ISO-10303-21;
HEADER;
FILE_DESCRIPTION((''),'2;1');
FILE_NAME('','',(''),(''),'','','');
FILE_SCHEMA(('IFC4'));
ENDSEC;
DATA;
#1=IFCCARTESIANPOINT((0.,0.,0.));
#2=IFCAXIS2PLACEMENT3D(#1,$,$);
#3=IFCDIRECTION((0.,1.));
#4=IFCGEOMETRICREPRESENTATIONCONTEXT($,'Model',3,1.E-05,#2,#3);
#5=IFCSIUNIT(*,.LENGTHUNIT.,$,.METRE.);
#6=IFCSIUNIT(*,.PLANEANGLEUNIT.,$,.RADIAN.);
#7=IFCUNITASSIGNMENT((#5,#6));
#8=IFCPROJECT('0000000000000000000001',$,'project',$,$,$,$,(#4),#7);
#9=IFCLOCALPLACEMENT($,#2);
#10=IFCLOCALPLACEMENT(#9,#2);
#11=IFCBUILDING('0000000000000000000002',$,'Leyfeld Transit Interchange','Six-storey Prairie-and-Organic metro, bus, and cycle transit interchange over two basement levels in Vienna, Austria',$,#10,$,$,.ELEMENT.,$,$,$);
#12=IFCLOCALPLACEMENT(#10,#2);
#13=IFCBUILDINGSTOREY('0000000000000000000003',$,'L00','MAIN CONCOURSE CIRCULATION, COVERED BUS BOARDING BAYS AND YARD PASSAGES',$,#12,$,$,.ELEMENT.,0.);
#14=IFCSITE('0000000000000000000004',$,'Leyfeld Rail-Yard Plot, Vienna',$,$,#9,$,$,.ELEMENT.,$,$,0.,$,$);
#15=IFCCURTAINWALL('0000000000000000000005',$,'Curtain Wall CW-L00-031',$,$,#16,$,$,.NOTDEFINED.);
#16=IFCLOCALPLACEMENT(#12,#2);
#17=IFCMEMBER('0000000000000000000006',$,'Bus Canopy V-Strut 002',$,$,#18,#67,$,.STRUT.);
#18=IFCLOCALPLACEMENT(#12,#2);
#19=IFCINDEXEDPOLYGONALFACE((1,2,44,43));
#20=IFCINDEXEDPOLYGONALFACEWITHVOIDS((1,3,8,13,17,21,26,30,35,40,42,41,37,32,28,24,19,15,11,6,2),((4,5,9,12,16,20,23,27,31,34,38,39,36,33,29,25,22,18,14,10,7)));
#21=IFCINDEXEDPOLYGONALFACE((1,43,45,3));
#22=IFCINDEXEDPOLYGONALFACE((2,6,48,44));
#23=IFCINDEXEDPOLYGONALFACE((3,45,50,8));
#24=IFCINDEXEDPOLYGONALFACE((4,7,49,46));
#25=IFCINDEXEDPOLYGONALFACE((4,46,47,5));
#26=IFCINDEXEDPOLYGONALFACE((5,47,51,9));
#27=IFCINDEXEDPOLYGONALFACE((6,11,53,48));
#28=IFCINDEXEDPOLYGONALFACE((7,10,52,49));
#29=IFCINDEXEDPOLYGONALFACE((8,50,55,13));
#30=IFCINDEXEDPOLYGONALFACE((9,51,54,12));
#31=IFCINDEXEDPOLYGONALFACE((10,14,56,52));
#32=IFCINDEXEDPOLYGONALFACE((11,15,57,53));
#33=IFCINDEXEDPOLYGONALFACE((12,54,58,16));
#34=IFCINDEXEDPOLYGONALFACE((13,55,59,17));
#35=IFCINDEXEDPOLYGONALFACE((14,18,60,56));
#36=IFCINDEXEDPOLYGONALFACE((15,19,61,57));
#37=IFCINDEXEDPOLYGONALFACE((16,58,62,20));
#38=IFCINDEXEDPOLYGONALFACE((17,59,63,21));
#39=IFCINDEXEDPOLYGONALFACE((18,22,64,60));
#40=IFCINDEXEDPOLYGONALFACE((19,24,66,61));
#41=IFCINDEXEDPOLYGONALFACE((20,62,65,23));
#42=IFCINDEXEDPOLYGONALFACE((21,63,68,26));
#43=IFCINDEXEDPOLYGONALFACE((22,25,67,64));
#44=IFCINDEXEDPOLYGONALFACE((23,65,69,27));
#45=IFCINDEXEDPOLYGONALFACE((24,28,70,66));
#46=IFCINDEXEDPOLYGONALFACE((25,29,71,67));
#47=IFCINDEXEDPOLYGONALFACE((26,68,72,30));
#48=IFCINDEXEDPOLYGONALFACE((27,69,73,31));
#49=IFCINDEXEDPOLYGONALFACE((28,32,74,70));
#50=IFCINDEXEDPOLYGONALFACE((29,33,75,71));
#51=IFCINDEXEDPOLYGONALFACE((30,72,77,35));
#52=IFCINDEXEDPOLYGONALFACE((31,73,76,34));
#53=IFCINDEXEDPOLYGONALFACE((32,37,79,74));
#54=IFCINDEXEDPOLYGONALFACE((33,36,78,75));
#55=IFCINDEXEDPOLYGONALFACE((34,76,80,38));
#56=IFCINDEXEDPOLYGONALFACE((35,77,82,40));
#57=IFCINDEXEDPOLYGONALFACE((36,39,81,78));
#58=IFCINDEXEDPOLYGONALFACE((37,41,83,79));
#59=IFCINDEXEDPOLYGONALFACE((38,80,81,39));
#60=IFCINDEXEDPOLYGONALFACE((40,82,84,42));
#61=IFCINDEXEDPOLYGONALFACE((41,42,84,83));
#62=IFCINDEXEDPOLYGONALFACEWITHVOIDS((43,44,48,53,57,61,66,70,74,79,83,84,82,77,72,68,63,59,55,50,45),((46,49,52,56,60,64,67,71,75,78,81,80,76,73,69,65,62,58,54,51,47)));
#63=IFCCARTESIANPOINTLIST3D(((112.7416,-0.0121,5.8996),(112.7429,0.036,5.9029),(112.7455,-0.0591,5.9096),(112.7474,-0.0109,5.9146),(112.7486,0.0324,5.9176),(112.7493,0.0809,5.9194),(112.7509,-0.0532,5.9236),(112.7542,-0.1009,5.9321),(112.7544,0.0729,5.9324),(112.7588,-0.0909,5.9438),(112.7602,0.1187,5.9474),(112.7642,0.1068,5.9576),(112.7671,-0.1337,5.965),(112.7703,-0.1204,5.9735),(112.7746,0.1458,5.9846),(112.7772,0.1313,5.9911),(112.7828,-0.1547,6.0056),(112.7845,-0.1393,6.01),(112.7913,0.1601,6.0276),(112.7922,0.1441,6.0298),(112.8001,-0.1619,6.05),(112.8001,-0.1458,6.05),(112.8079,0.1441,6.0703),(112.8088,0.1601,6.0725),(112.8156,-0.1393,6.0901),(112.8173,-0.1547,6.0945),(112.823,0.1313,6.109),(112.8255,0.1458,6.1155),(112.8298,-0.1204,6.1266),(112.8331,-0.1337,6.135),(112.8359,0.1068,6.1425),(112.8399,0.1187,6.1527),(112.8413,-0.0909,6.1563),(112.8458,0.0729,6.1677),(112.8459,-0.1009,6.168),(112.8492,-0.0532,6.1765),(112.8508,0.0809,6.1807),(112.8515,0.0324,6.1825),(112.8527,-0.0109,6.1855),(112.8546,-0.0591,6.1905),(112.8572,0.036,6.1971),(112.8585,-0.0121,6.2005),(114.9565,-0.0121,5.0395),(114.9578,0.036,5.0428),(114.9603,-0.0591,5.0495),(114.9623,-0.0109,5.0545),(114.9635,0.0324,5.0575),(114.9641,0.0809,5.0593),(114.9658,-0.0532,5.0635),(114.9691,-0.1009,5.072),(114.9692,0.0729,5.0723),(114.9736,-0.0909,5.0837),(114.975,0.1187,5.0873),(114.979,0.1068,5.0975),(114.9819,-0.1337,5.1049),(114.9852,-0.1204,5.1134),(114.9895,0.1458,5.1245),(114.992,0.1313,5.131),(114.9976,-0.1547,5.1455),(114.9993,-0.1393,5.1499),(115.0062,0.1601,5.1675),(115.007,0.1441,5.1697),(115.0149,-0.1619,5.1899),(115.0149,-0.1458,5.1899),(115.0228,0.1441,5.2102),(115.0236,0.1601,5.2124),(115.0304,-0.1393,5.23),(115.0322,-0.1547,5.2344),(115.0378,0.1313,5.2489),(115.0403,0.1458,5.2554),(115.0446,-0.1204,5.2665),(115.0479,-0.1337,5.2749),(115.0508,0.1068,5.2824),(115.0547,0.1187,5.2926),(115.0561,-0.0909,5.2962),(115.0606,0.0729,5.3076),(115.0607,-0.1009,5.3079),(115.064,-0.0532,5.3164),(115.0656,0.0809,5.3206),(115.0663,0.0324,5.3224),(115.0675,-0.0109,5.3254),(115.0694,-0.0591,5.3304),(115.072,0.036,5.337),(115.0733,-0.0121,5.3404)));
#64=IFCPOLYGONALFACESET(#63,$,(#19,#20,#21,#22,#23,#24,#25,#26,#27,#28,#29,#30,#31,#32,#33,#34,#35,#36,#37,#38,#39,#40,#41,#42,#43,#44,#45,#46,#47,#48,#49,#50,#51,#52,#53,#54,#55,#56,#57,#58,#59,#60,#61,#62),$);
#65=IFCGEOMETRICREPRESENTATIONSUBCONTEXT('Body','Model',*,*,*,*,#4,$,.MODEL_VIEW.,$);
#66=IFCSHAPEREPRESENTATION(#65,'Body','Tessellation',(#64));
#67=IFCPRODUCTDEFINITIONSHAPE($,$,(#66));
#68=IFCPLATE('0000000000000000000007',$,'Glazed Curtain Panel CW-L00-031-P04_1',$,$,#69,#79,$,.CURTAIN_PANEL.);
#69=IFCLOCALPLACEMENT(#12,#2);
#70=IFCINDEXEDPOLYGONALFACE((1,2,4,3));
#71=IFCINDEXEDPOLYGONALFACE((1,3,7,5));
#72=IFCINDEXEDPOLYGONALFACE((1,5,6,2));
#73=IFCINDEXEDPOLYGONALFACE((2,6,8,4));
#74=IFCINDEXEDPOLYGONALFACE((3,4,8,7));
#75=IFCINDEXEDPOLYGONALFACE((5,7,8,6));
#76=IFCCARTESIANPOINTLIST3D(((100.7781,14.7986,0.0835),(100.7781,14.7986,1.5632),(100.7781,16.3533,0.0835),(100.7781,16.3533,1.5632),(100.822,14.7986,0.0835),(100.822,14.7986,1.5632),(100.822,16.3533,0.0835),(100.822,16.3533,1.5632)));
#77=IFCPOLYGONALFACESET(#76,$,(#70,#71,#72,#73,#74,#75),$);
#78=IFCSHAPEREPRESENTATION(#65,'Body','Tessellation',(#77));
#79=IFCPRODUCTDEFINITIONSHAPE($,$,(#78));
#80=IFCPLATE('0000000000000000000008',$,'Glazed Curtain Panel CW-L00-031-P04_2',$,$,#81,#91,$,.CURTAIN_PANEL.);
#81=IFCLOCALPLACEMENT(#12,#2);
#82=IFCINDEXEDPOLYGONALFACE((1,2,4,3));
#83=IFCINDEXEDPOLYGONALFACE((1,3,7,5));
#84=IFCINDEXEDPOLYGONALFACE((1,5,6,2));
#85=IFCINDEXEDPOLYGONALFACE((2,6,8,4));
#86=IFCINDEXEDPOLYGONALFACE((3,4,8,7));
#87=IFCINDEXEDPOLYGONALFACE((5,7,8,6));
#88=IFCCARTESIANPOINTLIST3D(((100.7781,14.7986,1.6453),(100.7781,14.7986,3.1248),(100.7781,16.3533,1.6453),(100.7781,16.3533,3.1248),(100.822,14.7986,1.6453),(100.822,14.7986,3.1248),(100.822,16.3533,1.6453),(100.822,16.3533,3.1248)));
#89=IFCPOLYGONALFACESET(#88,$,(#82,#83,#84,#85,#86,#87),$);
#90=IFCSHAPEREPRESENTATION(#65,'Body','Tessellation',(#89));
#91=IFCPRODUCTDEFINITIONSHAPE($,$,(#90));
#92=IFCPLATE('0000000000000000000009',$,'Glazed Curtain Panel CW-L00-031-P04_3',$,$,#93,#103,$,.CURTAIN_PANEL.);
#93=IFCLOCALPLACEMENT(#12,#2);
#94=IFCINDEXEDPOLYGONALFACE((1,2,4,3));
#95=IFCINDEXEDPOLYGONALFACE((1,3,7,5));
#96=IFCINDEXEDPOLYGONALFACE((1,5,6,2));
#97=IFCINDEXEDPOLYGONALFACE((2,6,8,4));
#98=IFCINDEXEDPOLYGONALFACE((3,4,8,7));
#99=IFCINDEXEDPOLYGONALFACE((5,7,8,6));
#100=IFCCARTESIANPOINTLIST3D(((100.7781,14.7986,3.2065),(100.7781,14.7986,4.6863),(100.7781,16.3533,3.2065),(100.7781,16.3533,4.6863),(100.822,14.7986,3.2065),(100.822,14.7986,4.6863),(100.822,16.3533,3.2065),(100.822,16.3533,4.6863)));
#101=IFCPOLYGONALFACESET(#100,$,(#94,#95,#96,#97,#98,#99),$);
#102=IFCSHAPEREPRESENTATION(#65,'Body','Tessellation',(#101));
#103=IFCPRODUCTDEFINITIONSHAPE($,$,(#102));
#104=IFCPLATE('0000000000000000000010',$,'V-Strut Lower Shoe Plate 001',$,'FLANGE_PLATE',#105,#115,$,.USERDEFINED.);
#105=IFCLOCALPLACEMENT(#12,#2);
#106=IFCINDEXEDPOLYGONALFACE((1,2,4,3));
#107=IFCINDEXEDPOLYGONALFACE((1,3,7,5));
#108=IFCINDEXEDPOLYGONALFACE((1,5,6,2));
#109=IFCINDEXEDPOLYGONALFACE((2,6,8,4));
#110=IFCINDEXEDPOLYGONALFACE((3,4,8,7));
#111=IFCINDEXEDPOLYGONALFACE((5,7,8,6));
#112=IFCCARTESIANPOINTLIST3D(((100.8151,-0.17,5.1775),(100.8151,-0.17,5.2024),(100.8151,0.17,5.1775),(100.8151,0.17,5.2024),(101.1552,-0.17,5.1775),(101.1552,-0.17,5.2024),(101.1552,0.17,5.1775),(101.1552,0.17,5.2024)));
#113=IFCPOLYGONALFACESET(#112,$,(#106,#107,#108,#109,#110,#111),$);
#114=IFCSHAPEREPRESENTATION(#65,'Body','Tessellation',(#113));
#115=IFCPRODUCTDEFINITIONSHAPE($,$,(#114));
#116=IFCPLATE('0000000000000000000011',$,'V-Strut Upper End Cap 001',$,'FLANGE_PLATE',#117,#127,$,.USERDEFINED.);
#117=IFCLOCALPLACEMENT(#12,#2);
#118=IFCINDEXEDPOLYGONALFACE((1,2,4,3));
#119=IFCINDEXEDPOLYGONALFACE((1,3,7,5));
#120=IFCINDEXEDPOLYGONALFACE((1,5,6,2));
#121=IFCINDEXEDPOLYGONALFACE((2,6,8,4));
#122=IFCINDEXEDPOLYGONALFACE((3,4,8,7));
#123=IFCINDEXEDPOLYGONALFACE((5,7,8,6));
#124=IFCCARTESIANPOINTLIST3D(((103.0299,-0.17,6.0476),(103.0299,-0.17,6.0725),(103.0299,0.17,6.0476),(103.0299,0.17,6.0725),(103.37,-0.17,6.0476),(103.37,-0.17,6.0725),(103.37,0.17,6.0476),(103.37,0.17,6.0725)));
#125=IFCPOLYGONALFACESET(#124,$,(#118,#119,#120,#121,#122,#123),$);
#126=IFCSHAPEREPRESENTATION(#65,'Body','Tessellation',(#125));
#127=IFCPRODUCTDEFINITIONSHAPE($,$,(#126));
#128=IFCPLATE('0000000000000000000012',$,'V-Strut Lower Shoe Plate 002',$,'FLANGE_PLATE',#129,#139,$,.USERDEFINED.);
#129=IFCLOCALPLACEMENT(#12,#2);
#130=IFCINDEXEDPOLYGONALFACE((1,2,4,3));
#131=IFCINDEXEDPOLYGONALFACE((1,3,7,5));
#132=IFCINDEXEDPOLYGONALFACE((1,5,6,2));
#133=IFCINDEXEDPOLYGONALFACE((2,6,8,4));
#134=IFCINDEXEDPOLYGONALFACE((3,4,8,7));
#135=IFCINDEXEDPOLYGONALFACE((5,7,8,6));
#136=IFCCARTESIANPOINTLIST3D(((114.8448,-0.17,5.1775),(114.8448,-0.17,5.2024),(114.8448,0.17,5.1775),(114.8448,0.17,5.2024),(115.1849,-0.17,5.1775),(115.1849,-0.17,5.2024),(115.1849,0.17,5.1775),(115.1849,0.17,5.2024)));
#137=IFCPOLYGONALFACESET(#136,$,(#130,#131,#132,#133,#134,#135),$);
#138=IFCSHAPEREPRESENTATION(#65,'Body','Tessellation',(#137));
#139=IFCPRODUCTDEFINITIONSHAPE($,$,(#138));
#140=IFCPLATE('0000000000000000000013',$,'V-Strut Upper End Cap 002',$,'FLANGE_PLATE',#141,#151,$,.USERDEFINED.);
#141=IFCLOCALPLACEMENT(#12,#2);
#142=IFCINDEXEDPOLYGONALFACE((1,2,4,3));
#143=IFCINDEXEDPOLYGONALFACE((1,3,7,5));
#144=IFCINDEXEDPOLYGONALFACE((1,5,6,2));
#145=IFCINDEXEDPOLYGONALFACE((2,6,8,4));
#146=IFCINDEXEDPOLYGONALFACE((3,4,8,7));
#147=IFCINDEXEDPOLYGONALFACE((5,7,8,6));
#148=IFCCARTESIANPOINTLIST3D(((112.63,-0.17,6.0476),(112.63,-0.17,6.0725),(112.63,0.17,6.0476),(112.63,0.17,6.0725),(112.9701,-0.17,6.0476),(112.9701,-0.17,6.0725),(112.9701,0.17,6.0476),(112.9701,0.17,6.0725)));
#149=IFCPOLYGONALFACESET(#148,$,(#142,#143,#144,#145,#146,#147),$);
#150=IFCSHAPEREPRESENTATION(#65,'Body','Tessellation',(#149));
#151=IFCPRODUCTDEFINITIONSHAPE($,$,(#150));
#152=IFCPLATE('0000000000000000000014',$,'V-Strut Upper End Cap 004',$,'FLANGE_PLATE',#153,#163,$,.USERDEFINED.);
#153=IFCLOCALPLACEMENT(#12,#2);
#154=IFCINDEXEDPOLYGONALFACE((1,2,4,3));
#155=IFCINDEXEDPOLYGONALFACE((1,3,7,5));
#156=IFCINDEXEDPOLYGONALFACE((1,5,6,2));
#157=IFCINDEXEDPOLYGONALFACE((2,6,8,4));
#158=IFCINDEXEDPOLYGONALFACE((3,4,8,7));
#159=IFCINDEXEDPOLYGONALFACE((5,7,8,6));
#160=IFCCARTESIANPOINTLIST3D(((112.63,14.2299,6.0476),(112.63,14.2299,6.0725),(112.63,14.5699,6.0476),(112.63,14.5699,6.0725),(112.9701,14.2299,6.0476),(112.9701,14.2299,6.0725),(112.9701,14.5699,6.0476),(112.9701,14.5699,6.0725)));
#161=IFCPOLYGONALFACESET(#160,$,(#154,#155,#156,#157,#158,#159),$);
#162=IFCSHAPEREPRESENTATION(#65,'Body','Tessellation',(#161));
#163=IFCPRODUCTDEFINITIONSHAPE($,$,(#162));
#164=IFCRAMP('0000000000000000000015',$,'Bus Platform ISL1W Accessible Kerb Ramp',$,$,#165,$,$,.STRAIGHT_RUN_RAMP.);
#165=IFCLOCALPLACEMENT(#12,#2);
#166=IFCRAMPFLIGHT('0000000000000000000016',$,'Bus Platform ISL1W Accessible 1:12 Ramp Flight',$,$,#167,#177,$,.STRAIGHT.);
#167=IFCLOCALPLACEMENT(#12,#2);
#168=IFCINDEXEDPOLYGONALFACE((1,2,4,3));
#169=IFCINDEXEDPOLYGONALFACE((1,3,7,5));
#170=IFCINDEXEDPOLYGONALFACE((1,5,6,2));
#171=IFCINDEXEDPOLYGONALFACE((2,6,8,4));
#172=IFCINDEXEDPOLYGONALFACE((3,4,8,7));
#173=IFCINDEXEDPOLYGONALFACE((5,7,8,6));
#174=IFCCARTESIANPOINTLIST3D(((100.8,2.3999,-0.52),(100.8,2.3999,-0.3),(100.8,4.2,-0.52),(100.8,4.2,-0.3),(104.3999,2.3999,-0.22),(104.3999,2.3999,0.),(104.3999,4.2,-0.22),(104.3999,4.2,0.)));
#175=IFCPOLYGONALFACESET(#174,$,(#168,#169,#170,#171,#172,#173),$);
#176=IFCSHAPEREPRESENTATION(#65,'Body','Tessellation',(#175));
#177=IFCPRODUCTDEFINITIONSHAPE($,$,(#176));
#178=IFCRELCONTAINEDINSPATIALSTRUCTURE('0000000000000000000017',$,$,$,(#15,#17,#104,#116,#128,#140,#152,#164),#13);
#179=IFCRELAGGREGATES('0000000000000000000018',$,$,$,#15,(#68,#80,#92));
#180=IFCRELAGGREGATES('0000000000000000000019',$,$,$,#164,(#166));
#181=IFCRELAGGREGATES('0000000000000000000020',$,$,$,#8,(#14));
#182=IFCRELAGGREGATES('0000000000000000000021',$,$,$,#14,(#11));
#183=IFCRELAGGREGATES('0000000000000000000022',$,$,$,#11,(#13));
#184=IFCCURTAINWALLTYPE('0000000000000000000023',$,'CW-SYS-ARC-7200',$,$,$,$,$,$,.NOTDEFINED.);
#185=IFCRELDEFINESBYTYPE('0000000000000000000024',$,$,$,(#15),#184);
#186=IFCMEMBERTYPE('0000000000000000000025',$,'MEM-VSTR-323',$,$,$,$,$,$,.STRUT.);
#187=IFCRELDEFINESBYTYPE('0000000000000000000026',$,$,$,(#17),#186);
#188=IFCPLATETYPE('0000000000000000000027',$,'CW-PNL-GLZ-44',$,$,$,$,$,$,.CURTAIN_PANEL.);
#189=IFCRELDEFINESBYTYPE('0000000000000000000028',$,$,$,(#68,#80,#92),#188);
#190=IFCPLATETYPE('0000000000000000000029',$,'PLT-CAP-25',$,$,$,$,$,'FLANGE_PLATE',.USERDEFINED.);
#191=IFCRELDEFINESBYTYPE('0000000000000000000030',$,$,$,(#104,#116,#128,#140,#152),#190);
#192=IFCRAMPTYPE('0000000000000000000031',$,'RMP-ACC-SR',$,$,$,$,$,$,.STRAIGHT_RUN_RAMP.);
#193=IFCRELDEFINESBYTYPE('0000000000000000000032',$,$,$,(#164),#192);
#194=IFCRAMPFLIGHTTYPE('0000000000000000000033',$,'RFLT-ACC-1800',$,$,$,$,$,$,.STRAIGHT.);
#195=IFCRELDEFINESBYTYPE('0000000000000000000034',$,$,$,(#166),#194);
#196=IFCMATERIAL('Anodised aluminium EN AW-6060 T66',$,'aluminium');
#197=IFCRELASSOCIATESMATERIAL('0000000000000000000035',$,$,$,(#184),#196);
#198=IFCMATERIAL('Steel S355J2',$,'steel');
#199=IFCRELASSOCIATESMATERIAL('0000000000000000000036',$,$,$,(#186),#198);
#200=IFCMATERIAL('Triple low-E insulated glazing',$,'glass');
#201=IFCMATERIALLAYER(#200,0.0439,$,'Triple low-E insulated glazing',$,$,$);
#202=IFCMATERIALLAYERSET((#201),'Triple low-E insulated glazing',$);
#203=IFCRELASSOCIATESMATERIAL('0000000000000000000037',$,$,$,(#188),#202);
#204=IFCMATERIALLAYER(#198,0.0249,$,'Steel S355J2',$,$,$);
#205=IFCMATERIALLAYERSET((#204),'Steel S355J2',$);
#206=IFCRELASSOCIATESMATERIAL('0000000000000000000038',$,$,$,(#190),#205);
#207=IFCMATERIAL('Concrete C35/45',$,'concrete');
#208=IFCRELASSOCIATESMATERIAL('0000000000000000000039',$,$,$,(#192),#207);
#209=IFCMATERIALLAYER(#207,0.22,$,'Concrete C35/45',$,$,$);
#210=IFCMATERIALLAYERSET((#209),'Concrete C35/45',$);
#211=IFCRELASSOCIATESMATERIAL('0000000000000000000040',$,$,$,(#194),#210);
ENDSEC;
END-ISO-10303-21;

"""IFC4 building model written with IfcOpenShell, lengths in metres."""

from ifc_helpers import new_model, si_unit, direction, frame, origin, origin_2d, place, context, subcontext, project, spatial, polyline, rectangle, hollow_circle, outline, extrude, material, layer, layer_set, material_profile, profile_set, type_object, element, aggregate, save


model = new_model("IFC4")

# Units and contexts
model_context = context("Model", 3, precision=1e-05, world=origin(), true_north=direction((0.0, 1.0)))
body_context = subcontext(model_context, "Body", "Model", "MODEL_VIEW")
ifc_project = project(units=[si_unit("LENGTHUNIT", "METRE"), si_unit("PLANEANGLEUNIT", "RADIAN")], contexts=[model_context])

# Site, building, storey
site_placement = place(None, origin())
site = spatial("IfcSite", under=ifc_project, at=site_placement, Name="Leyfeld Rail-Yard Plot, Vienna", CompositionType="ELEMENT", RefElevation=0.0)
building_placement = place(site_placement, origin())
building = spatial("IfcBuilding", under=site, at=building_placement, Name="Leyfeld Transit Interchange", Description="Six-storey Prairie-and-Organic metro, bus, and cycle transit interchange over two basement levels in Vienna, Austria", CompositionType="ELEMENT")
storey_placement = place(building_placement, origin())
storey = spatial("IfcBuildingStorey", under=building, at=storey_placement, Name="L00", Description="MAIN CONCOURSE CIRCULATION, COVERED BUS BOARDING BAYS AND YARD PASSAGES", CompositionType="ELEMENT", Elevation=0.0)

# Shared definitions
ifc_material_1 = material(Name="Concrete C35/45", Category="concrete")

# Shared definitions
ifc_material_2 = material(Name="Steel S355J2", Category="steel")

# Curtain wall
ifc_material_3 = material(Name="Anodised aluminium EN AW-6060 T66", Category="aluminium")
curtain_wall_type = type_object("IfcCurtainWallType", Name="CW-SYS-ARC-7200", PredefinedType="NOTDEFINED", material=ifc_material_3)
curtain_wall_placement = place(storey_placement, origin())
curtain_wall = element("IfcCurtainWall", 1, at=curtain_wall_placement, inside=storey, type_object=curtain_wall_type, Name="Curtain Wall CW-L00-031", PredefinedType="NOTDEFINED")

# Member
ifc_material_profile_1 = material_profile(ifc_material_2, hollow_circle(Radius=0.1619, WallThickness=0.0161, at=origin_2d()), Name="CHS 323.9x16")
ifc_profile_set_1 = profile_set([ifc_material_profile_1], Name="Steel S355J2")
member_type_1 = type_object("IfcMemberType", Name="MEM-VSTR-323", PredefinedType="STRUT", material=ifc_profile_set_1)
member_1_placement = place(storey_placement, frame((115.0149, 0.0, 5.1899), z_axis=(-0.932178, 0.0, 0.362), x_axis=(0.0, -1.0, 0.0)))
element("IfcMember", 2, at=member_1_placement, inside=storey, type_object=member_type_1, Name="Bus Canopy V-Strut 002", PredefinedType="STRUT", context=body_context, shape_type="SweptSolid", body=[
    extrude(hollow_circle(Radius=0.1619, WallThickness=0.0161, at=origin_2d()), origin(), (0.0, 0.0, 1.0), 2.376),
])

# Plates
ifc_material_4 = material(Name="Triple low-E insulated glazing", Category="glass")
ifc_layer_1 = layer(ifc_material_4, 0.0439, Name="Triple low-E insulated glazing")
ifc_layer_set_1 = layer_set([ifc_layer_1], Name="Triple low-E insulated glazing")
plate_type_1 = type_object("IfcPlateType", Name="CW-PNL-GLZ-44", PredefinedType="CURTAIN_PANEL", material=ifc_layer_set_1)
plate_1_placement = place(storey_placement, frame((100.8, 15.5759, 0.0835), z_axis=(0.0, 0.0, 1.0), x_axis=(0.0, -1.0, 0.0)))
plate_1 = element("IfcPlate", 3, at=plate_1_placement, type_object=plate_type_1, Name="Glazed Curtain Panel CW-L00-031-P04_1", PredefinedType="CURTAIN_PANEL", context=body_context, shape_type="SweptSolid", body=[
    extrude(rectangle(XDim=1.5547, YDim=0.0439, at=origin_2d()), origin(), (0.0, 0.0, 1.0), 1.4797),
])
plate_2_placement = place(storey_placement, frame((100.8, 15.5759, 1.6453), z_axis=(0.0, 0.0, 1.0), x_axis=(0.0, -1.0, 0.0)))
plate_2 = element("IfcPlate", 4, at=plate_2_placement, type_object=plate_type_1, Name="Glazed Curtain Panel CW-L00-031-P04_2", PredefinedType="CURTAIN_PANEL", context=body_context, shape_type="SweptSolid", body=[
    extrude(rectangle(XDim=1.5547, YDim=0.0439, at=origin_2d()), origin(), (0.0, 0.0, 1.0), 1.4795),
])
plate_3_placement = place(storey_placement, frame((100.8, 15.5759, 3.2065), z_axis=(0.0, 0.0, 1.0), x_axis=(0.0, -1.0, 0.0)))
plate_3 = element("IfcPlate", 5, at=plate_3_placement, type_object=plate_type_1, Name="Glazed Curtain Panel CW-L00-031-P04_3", PredefinedType="CURTAIN_PANEL", context=body_context, shape_type="SweptSolid", body=[
    extrude(rectangle(XDim=1.5547, YDim=0.0439, at=origin_2d()), origin(), (0.0, 0.0, 1.0), 1.4797),
])
aggregate(curtain_wall, [plate_1, plate_2, plate_3])

# Plates
ifc_layer_2 = layer(ifc_material_2, 0.0249, Name="Steel S355J2")
ifc_layer_set_2 = layer_set([ifc_layer_2], Name="Steel S355J2")
plate_type_2 = type_object("IfcPlateType", Name="PLT-CAP-25", ElementType="FLANGE_PLATE", PredefinedType="USERDEFINED", material=ifc_layer_set_2)
for number, where, z_axis, x_axis, name in (
    (6, (100.9851, 0.0, 5.1775), (0.0, 0.0, 1.0), (1.0, 0.0, 0.0), "V-Strut Lower Shoe Plate 001"),
    (7, (103.2, 0.0, 6.0476), (0.0, 0.0, 1.0), (1.0, 0.0, 0.0), "V-Strut Upper End Cap 001"),
    (8, (115.0149, 0.0, 5.1775), (0.0, 0.0, 1.0), (1.0, 0.0, 0.0), "V-Strut Lower Shoe Plate 002"),
    (9, (112.8, 0.0, 6.0476), (0.0, 0.0, 1.0), (1.0, 0.0, 0.0), "V-Strut Upper End Cap 002"),
    (10, (112.8, 14.3999, 6.0476), (0.0, 0.0, 1.0), (1.0, 0.0, 0.0), "V-Strut Upper End Cap 004"),
):
    element("IfcPlate", number, at=place(storey_placement, frame(where, z_axis=z_axis, x_axis=x_axis)), inside=storey, type_object=plate_type_2, Name=name, ObjectType="FLANGE_PLATE", PredefinedType="USERDEFINED", context=body_context, shape_type="SweptSolid", body=[
        extrude(rectangle(XDim=0.3401, YDim=0.3401, at=origin_2d()), origin(), (0.0, 0.0, 1.0), 0.0249),
    ])

# Ramp, ramp flight
ramp_type = type_object("IfcRampType", Name="RMP-ACC-SR", PredefinedType="STRAIGHT_RUN_RAMP", material=ifc_material_1)
ramp_placement = place(storey_placement, origin())
ramp = element("IfcRamp", 11, at=ramp_placement, inside=storey, type_object=ramp_type, Name="Bus Platform ISL1W Accessible Kerb Ramp", PredefinedType="STRAIGHT_RUN_RAMP")
ifc_layer_3 = layer(ifc_material_1, 0.22, Name="Concrete C35/45")
ifc_layer_set_3 = layer_set([ifc_layer_3], Name="Concrete C35/45")
ramp_flight_type = type_object("IfcRampFlightType", Name="RFLT-ACC-1800", PredefinedType="STRAIGHT", material=ifc_layer_set_3)
ramp_flight_placement = place(storey_placement, frame((100.8, 3.3, -0.3), z_axis=(0.0, 0.0, 1.0), x_axis=(1.0, 0.0, 0.0)))
ramp_flight = element("IfcRampFlight", 12, at=ramp_flight_placement, type_object=ramp_flight_type, Name="Bus Platform ISL1W Accessible 1:12 Ramp Flight", PredefinedType="STRAIGHT", context=body_context, shape_type="SweptSolid", body=[
    extrude(outline(polyline([(0.0, 0.0), (3.5999, 0.3), (3.5999, 0.0801), (0.0, -0.22), (0.0, 0.0)])), frame((0.0, 0.8999, 0.0), z_axis=(0.0, -1.0, 0.0), x_axis=(1.0, 0.0, 0.0)), (0.0, 0.0, 1.0), 1.8),
])
aggregate(ramp, [ramp_flight])

save(model, "model.ifc")
